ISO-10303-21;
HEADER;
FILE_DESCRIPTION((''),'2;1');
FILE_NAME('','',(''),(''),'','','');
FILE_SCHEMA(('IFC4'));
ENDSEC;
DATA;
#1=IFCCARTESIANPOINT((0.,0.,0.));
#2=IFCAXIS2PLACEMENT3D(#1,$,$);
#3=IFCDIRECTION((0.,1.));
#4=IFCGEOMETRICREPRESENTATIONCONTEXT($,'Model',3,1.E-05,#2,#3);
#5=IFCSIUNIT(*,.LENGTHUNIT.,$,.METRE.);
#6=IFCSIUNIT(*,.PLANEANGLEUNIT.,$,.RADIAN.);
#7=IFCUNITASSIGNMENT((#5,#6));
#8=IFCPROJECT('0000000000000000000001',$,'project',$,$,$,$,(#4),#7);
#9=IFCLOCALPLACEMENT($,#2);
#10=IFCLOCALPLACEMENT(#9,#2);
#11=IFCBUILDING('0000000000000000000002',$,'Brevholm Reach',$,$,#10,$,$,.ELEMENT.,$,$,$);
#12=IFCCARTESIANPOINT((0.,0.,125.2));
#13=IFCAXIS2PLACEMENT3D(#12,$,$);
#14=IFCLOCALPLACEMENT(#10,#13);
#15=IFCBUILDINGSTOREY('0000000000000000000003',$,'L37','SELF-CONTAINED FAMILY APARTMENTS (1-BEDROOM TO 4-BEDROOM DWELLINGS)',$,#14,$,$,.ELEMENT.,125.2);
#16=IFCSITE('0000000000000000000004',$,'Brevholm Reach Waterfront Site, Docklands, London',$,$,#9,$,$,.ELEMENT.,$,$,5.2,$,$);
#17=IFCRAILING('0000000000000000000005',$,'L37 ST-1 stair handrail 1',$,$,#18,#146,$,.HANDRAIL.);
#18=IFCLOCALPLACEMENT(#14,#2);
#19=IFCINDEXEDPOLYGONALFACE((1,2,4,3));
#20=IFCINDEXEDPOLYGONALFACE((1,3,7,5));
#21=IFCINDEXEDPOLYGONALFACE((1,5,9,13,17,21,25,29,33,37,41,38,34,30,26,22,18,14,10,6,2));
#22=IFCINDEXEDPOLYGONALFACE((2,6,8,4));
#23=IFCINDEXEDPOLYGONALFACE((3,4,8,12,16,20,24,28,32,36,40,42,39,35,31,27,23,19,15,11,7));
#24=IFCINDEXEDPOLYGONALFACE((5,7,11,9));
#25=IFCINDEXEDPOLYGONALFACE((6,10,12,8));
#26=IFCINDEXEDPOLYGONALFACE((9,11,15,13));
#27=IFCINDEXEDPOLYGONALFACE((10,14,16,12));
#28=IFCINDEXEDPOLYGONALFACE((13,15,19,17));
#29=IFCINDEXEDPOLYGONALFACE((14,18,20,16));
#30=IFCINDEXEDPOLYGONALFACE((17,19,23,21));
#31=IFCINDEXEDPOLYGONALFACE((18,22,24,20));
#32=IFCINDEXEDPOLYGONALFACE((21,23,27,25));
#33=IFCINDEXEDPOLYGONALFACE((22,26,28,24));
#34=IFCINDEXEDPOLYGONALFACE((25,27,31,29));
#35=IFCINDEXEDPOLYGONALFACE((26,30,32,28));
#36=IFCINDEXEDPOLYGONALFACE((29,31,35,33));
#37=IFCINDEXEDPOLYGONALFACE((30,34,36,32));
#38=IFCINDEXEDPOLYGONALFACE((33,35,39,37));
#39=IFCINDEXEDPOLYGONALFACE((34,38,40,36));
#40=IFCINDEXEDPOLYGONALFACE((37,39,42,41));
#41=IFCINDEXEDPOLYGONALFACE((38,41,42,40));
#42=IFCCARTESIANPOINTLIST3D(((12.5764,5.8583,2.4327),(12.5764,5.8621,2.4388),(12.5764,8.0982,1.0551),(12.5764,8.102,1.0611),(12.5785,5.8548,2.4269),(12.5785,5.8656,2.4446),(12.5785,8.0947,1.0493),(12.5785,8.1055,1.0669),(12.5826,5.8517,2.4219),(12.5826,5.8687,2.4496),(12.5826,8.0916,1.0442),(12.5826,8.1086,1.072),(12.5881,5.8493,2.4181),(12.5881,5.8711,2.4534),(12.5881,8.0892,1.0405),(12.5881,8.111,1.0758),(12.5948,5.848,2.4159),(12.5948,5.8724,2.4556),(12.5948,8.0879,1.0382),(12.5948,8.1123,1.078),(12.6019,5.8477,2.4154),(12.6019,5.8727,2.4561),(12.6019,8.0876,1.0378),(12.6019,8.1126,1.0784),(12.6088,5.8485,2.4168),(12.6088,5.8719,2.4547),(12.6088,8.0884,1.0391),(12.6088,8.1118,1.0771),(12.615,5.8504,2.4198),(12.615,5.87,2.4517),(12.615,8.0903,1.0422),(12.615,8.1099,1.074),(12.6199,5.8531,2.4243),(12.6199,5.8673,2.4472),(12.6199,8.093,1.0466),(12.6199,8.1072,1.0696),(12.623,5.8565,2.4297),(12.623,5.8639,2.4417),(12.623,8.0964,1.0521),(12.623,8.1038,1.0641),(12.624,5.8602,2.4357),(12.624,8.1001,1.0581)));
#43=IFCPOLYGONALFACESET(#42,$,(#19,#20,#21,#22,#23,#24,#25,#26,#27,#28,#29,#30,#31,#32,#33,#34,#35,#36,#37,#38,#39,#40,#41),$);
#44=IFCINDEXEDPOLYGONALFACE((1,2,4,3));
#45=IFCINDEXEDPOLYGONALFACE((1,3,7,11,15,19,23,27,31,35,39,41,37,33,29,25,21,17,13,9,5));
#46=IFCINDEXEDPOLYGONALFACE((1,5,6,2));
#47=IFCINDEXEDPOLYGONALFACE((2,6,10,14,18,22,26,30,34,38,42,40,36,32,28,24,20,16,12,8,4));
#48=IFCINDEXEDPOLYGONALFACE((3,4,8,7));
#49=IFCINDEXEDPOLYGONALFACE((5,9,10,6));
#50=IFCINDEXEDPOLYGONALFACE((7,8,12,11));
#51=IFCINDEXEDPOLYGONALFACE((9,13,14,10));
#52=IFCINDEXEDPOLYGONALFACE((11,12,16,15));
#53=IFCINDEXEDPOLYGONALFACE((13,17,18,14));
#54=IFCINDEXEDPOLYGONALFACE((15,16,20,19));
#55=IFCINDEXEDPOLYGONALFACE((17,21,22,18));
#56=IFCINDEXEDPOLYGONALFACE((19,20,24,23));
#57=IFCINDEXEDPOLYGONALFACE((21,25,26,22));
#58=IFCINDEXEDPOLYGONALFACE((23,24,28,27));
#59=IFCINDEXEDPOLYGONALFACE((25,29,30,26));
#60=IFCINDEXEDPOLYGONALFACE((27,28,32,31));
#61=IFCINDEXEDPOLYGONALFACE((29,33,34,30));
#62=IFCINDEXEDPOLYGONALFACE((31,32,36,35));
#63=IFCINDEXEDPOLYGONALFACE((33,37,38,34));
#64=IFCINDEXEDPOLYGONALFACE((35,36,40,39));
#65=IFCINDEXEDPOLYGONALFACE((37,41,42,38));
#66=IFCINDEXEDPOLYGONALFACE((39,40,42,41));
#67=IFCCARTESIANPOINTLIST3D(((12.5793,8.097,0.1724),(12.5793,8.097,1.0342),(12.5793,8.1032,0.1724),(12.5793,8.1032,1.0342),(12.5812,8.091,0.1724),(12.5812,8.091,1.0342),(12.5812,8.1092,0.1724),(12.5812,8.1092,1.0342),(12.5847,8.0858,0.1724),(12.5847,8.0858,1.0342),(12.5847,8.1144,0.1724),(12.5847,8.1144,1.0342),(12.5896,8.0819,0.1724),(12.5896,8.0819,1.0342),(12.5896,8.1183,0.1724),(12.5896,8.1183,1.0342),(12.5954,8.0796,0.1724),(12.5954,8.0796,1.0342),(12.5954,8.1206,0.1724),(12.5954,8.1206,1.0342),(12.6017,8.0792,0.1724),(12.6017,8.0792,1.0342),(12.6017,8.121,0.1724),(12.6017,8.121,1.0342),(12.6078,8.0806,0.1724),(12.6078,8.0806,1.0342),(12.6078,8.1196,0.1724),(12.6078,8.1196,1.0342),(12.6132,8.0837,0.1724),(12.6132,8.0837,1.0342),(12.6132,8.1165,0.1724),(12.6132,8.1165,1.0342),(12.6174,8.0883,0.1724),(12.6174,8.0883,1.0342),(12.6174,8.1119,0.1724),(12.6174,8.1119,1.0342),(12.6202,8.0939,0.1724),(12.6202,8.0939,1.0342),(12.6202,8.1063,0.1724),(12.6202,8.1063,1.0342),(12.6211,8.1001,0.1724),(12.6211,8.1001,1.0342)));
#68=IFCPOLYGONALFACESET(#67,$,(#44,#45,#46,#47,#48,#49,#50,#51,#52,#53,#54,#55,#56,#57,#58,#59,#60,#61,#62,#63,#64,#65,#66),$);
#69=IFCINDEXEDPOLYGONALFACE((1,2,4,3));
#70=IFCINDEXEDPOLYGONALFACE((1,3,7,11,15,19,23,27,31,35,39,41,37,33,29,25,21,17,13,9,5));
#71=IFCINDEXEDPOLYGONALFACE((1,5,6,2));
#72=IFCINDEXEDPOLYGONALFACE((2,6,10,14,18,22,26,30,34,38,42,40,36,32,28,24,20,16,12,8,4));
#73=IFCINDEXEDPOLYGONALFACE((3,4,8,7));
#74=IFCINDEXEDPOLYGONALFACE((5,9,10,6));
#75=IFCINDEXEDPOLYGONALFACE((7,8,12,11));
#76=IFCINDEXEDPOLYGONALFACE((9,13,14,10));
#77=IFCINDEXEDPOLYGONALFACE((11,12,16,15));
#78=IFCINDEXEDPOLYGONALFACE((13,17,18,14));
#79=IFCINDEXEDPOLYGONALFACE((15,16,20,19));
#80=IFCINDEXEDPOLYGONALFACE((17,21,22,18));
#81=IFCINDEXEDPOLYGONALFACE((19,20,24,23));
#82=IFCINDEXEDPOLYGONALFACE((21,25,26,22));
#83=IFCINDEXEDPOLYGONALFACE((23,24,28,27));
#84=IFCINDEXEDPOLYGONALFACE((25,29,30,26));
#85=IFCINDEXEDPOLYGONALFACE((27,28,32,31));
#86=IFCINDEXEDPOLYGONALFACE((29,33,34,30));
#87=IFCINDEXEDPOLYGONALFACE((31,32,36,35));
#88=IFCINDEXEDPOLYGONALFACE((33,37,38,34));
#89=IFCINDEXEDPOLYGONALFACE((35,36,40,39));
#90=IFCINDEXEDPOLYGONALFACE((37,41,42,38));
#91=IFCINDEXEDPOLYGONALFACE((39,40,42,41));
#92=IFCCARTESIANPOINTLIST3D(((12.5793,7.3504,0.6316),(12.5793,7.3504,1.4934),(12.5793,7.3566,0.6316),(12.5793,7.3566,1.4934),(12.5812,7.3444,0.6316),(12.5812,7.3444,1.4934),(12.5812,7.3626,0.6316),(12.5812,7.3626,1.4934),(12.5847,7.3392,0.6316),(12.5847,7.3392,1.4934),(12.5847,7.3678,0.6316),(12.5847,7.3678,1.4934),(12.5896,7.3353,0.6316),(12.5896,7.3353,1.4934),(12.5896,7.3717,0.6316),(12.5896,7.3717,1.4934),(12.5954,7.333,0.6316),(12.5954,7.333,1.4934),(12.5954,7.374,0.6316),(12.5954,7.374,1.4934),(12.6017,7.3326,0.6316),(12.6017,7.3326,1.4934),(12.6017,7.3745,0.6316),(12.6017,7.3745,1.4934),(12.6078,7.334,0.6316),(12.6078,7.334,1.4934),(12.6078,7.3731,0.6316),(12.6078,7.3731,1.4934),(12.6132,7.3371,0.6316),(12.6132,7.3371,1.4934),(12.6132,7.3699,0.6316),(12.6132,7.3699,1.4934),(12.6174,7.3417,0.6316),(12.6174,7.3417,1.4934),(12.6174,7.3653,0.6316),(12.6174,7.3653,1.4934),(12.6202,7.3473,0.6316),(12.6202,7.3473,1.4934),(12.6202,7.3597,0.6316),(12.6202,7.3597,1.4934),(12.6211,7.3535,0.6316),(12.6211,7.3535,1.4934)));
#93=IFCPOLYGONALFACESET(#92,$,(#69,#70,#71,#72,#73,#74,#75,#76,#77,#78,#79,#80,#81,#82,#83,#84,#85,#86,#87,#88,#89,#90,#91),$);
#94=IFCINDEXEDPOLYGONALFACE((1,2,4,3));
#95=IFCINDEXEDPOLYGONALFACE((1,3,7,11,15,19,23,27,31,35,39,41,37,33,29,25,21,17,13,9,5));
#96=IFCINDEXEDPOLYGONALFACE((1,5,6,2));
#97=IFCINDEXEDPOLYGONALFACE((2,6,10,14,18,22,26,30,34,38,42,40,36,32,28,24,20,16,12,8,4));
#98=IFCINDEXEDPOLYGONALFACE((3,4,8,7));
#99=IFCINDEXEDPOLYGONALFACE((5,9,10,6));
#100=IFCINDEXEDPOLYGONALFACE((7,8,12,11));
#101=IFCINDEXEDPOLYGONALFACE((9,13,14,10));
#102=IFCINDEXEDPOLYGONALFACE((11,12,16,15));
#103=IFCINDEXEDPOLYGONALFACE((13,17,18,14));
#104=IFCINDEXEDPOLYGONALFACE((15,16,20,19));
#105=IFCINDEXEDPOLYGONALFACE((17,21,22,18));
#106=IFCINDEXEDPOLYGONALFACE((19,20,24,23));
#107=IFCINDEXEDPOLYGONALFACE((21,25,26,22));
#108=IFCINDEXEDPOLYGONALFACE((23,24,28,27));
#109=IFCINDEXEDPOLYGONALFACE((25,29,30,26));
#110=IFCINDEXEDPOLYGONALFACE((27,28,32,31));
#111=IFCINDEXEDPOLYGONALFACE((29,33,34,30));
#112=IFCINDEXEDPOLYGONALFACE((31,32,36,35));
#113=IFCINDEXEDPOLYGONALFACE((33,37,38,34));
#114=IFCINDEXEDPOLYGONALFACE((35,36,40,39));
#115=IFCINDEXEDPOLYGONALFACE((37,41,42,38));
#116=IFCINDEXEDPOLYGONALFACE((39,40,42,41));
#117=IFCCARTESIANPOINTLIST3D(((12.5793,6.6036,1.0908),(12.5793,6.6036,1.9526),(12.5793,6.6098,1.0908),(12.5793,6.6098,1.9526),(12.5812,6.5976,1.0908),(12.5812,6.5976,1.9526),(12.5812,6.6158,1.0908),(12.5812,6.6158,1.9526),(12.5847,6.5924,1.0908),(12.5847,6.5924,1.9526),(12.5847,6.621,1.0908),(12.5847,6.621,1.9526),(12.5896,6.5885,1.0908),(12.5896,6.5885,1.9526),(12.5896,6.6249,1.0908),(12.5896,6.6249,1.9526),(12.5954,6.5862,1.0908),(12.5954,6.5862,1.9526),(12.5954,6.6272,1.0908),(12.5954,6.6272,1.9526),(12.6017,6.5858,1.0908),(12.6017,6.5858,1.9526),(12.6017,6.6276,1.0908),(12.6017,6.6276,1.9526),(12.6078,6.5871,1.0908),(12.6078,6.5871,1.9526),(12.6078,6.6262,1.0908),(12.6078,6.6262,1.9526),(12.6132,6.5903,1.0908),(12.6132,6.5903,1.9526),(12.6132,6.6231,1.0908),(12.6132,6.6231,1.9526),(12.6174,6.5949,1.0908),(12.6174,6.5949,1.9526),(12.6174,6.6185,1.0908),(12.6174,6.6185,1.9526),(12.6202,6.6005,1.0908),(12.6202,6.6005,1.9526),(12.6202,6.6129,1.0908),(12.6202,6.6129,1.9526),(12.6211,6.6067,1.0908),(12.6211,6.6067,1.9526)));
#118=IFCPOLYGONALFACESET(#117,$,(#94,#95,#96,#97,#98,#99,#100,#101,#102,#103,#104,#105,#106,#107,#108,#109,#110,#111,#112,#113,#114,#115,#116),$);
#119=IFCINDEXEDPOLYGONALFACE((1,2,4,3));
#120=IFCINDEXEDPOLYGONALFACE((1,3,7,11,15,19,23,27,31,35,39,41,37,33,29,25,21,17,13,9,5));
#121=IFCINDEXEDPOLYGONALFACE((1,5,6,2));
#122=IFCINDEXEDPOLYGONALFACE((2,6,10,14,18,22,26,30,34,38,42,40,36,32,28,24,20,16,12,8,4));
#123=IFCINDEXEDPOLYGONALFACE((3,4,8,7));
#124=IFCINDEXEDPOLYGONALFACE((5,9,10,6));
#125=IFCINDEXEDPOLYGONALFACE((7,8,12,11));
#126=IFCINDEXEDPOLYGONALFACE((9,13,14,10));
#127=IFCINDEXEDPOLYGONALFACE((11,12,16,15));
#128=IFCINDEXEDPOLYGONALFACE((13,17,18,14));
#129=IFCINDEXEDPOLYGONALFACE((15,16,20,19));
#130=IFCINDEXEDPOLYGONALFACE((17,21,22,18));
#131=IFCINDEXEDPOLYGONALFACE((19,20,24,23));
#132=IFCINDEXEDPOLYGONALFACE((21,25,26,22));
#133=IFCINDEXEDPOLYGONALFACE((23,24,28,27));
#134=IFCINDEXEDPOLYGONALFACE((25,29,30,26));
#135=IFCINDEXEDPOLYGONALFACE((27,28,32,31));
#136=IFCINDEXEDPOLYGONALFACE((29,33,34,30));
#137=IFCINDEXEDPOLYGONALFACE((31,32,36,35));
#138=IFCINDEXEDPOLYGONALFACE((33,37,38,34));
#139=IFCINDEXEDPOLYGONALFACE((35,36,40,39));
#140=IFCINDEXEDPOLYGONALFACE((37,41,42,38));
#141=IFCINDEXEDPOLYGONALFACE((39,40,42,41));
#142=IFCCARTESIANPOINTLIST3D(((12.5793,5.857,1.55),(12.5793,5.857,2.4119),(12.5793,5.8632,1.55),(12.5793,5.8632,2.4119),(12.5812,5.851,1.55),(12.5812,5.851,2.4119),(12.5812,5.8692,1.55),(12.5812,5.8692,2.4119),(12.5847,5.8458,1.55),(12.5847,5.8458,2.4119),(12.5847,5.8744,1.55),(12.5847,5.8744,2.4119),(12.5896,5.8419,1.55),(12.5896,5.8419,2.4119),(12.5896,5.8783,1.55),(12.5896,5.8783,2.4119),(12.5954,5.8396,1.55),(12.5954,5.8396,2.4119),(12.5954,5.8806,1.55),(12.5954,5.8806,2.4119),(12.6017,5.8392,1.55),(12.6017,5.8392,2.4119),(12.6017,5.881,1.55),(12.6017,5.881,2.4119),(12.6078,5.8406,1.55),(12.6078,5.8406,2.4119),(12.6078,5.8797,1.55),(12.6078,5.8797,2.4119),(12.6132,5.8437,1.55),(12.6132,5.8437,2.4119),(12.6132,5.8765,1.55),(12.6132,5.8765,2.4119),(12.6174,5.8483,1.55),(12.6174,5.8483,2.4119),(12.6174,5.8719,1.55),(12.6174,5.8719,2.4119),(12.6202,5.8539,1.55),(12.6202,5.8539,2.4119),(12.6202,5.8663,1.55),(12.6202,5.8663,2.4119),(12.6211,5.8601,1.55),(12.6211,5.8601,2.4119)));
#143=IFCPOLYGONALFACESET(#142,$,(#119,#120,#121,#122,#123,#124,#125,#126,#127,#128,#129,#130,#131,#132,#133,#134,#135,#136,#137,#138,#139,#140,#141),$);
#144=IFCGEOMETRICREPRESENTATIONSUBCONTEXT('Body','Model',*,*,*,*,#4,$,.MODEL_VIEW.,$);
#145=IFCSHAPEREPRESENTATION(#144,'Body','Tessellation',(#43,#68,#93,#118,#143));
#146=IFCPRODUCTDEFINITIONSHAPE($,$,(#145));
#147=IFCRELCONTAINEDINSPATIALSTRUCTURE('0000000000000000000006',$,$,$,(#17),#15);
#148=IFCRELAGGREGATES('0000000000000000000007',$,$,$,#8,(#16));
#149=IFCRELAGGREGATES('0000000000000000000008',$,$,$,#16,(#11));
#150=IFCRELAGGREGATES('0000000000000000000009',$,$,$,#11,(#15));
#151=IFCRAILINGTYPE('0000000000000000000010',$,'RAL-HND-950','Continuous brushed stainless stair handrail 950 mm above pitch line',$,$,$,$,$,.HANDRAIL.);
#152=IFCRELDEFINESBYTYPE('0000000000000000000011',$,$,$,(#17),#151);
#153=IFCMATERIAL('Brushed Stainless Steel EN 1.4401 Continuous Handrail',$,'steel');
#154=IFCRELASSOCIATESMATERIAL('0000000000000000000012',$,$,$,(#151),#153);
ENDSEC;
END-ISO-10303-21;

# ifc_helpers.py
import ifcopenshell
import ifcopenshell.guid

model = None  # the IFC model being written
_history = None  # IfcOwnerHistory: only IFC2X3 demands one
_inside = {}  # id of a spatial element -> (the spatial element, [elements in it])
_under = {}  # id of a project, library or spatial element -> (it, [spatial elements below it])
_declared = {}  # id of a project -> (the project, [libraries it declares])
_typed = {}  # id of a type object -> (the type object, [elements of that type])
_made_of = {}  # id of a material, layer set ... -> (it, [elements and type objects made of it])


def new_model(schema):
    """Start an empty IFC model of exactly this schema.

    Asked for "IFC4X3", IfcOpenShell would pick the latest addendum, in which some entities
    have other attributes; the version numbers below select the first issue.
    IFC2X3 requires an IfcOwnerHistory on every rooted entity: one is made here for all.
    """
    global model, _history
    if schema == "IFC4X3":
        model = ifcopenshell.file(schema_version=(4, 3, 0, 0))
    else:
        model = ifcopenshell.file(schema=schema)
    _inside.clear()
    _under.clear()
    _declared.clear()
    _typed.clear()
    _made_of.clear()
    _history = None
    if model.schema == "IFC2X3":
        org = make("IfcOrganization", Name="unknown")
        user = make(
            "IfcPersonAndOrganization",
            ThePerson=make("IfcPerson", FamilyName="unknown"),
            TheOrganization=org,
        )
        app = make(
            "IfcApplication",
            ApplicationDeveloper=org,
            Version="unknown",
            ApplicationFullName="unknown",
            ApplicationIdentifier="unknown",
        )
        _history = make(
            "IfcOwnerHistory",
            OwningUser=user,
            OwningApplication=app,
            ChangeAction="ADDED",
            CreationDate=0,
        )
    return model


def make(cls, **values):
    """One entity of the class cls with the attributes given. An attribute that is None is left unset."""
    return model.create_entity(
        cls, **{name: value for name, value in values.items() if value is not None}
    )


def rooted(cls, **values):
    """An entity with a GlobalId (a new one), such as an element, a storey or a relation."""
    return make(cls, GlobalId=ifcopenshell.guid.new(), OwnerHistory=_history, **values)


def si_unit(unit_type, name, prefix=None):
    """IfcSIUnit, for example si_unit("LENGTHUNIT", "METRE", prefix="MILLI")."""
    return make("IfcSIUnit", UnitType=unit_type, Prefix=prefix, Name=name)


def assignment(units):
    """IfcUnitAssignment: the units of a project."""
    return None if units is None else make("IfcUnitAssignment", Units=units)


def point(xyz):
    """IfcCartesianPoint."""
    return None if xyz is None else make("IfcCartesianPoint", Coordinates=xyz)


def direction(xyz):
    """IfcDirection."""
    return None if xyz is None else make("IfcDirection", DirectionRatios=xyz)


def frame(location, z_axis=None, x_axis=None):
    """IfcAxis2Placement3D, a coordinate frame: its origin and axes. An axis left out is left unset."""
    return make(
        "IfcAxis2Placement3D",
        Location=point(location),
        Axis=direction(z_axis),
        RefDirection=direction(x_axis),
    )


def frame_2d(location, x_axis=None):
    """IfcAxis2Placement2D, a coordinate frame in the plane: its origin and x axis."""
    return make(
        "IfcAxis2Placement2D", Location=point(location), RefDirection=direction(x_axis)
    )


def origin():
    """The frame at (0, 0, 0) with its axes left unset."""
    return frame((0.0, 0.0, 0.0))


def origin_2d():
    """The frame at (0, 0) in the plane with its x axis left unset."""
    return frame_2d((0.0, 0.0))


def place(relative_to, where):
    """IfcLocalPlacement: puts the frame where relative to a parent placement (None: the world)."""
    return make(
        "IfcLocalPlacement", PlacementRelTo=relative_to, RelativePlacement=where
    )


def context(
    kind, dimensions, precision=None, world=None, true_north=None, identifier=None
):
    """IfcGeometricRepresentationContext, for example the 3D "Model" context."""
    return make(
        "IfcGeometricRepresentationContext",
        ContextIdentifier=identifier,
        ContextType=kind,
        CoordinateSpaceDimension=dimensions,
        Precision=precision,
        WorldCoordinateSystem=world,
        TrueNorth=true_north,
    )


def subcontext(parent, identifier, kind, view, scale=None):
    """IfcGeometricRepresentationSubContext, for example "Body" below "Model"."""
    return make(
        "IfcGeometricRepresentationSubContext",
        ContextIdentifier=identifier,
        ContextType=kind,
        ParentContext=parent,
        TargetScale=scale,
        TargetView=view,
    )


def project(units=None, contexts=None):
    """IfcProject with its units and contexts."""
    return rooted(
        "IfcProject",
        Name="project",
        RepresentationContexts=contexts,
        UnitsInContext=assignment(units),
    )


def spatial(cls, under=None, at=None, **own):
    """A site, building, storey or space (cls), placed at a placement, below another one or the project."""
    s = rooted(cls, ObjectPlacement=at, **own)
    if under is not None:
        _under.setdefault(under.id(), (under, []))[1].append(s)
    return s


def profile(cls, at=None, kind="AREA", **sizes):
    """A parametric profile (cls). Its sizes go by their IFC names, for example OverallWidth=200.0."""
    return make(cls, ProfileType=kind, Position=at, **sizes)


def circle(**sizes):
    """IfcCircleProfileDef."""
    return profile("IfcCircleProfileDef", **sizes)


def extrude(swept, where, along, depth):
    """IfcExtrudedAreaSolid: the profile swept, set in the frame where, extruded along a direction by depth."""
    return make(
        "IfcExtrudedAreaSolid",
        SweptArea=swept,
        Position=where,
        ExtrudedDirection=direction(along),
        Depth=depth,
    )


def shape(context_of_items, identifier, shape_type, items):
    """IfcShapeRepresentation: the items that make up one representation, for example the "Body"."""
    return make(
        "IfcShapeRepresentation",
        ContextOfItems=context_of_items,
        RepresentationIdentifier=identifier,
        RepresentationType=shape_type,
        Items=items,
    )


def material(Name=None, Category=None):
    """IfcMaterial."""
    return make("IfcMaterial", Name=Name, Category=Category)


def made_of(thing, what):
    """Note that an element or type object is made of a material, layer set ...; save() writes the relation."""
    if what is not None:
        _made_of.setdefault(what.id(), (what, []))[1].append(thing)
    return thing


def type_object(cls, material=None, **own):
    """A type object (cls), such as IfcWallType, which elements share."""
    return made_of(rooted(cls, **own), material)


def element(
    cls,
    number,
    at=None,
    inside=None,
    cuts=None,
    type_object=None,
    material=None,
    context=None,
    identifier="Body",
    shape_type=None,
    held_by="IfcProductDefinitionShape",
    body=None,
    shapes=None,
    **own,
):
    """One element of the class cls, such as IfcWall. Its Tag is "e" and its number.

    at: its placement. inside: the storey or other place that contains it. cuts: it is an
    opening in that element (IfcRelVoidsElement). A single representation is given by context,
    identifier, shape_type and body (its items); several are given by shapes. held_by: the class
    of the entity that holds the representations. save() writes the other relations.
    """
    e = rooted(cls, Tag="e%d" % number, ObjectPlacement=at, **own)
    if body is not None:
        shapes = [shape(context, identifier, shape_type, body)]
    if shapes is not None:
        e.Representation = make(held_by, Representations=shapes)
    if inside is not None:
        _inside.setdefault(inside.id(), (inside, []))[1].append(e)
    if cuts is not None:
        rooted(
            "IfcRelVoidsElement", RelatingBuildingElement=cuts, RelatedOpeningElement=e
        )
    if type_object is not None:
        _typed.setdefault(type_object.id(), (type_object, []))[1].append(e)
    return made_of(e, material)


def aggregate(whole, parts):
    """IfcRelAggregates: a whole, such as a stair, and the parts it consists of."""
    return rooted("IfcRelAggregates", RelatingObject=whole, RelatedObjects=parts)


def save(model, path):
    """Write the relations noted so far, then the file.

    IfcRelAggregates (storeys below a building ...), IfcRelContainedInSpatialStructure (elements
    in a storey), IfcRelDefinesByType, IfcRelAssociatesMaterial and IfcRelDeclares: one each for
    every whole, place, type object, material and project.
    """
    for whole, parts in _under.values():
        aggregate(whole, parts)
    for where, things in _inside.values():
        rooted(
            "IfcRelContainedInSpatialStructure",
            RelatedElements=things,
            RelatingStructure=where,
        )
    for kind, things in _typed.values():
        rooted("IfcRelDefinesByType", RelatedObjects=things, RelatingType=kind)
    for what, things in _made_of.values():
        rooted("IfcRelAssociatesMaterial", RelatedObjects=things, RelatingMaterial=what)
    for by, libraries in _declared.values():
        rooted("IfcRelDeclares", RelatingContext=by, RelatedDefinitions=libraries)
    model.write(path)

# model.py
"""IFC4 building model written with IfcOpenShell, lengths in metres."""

from ifc_helpers import new_model, si_unit, direction, frame, origin, origin_2d, place, context, subcontext, project, spatial, circle, extrude, material, type_object, element, save


model = new_model("IFC4")

# Units and contexts
model_context = context("Model", 3, precision=1e-05, world=origin(), true_north=direction((0.0, 1.0)))
body_context = subcontext(model_context, "Body", "Model", "MODEL_VIEW")
ifc_project = project(units=[si_unit("LENGTHUNIT", "METRE"), si_unit("PLANEANGLEUNIT", "RADIAN")], contexts=[model_context])

# Site, building, storey
site_placement = place(None, origin())
site = spatial("IfcSite", under=ifc_project, at=site_placement, Name="Brevholm Reach Waterfront Site, Docklands, London", CompositionType="ELEMENT", RefElevation=5.2)
building_placement = place(site_placement, origin())
building = spatial("IfcBuilding", under=site, at=building_placement, Name="Brevholm Reach", CompositionType="ELEMENT")
storey_placement = place(building_placement, frame((0.0, 0.0, 125.2)))
storey = spatial("IfcBuildingStorey", under=building, at=storey_placement, Name="L37", Description="SELF-CONTAINED FAMILY APARTMENTS (1-BEDROOM TO 4-BEDROOM DWELLINGS)", CompositionType="ELEMENT", Elevation=125.2)

# Railing
ifc_material_1 = material(Name="Brushed Stainless Steel EN 1.4401 Continuous Handrail", Category="steel")
railing_type_1 = type_object("IfcRailingType", Name="RAL-HND-950", Description="Continuous brushed stainless stair handrail 950 mm above pitch line", PredefinedType="HANDRAIL", material=ifc_material_1)
railing_1_placement = place(storey_placement, frame((12.6001, 8.1001, 0.1724)))
element("IfcRailing", 1, at=railing_1_placement, inside=storey, type_object=railing_type_1, Name="L37 ST-1 stair handrail 1", PredefinedType="HANDRAIL", context=body_context, shape_type="SweptSolid", body=[
    extrude(circle(Radius=0.0239, at=origin_2d()), frame((0.0, 0.0, 0.8857), z_axis=(0.0, -0.851789, 0.523885), x_axis=(1.0, 0.0, 0.0)), (0.0, 0.0, 1.0), 2.6296),
    extrude(circle(Radius=0.021, at=origin_2d()), origin(), (0.0, 0.0, 1.0), 0.8618),
    extrude(circle(Radius=0.021, at=origin_2d()), frame((0.0, -0.7466, 0.4592)), (0.0, 0.0, 1.0), 0.8618),
    extrude(circle(Radius=0.021, at=origin_2d()), frame((0.0, -1.4934, 0.9185)), (0.0, 0.0, 1.0), 0.8618),
    extrude(circle(Radius=0.021, at=origin_2d()), frame((0.0, -2.24, 1.3777)), (0.0, 0.0, 1.0), 0.8618),
])

save(model, "model.ifc")
